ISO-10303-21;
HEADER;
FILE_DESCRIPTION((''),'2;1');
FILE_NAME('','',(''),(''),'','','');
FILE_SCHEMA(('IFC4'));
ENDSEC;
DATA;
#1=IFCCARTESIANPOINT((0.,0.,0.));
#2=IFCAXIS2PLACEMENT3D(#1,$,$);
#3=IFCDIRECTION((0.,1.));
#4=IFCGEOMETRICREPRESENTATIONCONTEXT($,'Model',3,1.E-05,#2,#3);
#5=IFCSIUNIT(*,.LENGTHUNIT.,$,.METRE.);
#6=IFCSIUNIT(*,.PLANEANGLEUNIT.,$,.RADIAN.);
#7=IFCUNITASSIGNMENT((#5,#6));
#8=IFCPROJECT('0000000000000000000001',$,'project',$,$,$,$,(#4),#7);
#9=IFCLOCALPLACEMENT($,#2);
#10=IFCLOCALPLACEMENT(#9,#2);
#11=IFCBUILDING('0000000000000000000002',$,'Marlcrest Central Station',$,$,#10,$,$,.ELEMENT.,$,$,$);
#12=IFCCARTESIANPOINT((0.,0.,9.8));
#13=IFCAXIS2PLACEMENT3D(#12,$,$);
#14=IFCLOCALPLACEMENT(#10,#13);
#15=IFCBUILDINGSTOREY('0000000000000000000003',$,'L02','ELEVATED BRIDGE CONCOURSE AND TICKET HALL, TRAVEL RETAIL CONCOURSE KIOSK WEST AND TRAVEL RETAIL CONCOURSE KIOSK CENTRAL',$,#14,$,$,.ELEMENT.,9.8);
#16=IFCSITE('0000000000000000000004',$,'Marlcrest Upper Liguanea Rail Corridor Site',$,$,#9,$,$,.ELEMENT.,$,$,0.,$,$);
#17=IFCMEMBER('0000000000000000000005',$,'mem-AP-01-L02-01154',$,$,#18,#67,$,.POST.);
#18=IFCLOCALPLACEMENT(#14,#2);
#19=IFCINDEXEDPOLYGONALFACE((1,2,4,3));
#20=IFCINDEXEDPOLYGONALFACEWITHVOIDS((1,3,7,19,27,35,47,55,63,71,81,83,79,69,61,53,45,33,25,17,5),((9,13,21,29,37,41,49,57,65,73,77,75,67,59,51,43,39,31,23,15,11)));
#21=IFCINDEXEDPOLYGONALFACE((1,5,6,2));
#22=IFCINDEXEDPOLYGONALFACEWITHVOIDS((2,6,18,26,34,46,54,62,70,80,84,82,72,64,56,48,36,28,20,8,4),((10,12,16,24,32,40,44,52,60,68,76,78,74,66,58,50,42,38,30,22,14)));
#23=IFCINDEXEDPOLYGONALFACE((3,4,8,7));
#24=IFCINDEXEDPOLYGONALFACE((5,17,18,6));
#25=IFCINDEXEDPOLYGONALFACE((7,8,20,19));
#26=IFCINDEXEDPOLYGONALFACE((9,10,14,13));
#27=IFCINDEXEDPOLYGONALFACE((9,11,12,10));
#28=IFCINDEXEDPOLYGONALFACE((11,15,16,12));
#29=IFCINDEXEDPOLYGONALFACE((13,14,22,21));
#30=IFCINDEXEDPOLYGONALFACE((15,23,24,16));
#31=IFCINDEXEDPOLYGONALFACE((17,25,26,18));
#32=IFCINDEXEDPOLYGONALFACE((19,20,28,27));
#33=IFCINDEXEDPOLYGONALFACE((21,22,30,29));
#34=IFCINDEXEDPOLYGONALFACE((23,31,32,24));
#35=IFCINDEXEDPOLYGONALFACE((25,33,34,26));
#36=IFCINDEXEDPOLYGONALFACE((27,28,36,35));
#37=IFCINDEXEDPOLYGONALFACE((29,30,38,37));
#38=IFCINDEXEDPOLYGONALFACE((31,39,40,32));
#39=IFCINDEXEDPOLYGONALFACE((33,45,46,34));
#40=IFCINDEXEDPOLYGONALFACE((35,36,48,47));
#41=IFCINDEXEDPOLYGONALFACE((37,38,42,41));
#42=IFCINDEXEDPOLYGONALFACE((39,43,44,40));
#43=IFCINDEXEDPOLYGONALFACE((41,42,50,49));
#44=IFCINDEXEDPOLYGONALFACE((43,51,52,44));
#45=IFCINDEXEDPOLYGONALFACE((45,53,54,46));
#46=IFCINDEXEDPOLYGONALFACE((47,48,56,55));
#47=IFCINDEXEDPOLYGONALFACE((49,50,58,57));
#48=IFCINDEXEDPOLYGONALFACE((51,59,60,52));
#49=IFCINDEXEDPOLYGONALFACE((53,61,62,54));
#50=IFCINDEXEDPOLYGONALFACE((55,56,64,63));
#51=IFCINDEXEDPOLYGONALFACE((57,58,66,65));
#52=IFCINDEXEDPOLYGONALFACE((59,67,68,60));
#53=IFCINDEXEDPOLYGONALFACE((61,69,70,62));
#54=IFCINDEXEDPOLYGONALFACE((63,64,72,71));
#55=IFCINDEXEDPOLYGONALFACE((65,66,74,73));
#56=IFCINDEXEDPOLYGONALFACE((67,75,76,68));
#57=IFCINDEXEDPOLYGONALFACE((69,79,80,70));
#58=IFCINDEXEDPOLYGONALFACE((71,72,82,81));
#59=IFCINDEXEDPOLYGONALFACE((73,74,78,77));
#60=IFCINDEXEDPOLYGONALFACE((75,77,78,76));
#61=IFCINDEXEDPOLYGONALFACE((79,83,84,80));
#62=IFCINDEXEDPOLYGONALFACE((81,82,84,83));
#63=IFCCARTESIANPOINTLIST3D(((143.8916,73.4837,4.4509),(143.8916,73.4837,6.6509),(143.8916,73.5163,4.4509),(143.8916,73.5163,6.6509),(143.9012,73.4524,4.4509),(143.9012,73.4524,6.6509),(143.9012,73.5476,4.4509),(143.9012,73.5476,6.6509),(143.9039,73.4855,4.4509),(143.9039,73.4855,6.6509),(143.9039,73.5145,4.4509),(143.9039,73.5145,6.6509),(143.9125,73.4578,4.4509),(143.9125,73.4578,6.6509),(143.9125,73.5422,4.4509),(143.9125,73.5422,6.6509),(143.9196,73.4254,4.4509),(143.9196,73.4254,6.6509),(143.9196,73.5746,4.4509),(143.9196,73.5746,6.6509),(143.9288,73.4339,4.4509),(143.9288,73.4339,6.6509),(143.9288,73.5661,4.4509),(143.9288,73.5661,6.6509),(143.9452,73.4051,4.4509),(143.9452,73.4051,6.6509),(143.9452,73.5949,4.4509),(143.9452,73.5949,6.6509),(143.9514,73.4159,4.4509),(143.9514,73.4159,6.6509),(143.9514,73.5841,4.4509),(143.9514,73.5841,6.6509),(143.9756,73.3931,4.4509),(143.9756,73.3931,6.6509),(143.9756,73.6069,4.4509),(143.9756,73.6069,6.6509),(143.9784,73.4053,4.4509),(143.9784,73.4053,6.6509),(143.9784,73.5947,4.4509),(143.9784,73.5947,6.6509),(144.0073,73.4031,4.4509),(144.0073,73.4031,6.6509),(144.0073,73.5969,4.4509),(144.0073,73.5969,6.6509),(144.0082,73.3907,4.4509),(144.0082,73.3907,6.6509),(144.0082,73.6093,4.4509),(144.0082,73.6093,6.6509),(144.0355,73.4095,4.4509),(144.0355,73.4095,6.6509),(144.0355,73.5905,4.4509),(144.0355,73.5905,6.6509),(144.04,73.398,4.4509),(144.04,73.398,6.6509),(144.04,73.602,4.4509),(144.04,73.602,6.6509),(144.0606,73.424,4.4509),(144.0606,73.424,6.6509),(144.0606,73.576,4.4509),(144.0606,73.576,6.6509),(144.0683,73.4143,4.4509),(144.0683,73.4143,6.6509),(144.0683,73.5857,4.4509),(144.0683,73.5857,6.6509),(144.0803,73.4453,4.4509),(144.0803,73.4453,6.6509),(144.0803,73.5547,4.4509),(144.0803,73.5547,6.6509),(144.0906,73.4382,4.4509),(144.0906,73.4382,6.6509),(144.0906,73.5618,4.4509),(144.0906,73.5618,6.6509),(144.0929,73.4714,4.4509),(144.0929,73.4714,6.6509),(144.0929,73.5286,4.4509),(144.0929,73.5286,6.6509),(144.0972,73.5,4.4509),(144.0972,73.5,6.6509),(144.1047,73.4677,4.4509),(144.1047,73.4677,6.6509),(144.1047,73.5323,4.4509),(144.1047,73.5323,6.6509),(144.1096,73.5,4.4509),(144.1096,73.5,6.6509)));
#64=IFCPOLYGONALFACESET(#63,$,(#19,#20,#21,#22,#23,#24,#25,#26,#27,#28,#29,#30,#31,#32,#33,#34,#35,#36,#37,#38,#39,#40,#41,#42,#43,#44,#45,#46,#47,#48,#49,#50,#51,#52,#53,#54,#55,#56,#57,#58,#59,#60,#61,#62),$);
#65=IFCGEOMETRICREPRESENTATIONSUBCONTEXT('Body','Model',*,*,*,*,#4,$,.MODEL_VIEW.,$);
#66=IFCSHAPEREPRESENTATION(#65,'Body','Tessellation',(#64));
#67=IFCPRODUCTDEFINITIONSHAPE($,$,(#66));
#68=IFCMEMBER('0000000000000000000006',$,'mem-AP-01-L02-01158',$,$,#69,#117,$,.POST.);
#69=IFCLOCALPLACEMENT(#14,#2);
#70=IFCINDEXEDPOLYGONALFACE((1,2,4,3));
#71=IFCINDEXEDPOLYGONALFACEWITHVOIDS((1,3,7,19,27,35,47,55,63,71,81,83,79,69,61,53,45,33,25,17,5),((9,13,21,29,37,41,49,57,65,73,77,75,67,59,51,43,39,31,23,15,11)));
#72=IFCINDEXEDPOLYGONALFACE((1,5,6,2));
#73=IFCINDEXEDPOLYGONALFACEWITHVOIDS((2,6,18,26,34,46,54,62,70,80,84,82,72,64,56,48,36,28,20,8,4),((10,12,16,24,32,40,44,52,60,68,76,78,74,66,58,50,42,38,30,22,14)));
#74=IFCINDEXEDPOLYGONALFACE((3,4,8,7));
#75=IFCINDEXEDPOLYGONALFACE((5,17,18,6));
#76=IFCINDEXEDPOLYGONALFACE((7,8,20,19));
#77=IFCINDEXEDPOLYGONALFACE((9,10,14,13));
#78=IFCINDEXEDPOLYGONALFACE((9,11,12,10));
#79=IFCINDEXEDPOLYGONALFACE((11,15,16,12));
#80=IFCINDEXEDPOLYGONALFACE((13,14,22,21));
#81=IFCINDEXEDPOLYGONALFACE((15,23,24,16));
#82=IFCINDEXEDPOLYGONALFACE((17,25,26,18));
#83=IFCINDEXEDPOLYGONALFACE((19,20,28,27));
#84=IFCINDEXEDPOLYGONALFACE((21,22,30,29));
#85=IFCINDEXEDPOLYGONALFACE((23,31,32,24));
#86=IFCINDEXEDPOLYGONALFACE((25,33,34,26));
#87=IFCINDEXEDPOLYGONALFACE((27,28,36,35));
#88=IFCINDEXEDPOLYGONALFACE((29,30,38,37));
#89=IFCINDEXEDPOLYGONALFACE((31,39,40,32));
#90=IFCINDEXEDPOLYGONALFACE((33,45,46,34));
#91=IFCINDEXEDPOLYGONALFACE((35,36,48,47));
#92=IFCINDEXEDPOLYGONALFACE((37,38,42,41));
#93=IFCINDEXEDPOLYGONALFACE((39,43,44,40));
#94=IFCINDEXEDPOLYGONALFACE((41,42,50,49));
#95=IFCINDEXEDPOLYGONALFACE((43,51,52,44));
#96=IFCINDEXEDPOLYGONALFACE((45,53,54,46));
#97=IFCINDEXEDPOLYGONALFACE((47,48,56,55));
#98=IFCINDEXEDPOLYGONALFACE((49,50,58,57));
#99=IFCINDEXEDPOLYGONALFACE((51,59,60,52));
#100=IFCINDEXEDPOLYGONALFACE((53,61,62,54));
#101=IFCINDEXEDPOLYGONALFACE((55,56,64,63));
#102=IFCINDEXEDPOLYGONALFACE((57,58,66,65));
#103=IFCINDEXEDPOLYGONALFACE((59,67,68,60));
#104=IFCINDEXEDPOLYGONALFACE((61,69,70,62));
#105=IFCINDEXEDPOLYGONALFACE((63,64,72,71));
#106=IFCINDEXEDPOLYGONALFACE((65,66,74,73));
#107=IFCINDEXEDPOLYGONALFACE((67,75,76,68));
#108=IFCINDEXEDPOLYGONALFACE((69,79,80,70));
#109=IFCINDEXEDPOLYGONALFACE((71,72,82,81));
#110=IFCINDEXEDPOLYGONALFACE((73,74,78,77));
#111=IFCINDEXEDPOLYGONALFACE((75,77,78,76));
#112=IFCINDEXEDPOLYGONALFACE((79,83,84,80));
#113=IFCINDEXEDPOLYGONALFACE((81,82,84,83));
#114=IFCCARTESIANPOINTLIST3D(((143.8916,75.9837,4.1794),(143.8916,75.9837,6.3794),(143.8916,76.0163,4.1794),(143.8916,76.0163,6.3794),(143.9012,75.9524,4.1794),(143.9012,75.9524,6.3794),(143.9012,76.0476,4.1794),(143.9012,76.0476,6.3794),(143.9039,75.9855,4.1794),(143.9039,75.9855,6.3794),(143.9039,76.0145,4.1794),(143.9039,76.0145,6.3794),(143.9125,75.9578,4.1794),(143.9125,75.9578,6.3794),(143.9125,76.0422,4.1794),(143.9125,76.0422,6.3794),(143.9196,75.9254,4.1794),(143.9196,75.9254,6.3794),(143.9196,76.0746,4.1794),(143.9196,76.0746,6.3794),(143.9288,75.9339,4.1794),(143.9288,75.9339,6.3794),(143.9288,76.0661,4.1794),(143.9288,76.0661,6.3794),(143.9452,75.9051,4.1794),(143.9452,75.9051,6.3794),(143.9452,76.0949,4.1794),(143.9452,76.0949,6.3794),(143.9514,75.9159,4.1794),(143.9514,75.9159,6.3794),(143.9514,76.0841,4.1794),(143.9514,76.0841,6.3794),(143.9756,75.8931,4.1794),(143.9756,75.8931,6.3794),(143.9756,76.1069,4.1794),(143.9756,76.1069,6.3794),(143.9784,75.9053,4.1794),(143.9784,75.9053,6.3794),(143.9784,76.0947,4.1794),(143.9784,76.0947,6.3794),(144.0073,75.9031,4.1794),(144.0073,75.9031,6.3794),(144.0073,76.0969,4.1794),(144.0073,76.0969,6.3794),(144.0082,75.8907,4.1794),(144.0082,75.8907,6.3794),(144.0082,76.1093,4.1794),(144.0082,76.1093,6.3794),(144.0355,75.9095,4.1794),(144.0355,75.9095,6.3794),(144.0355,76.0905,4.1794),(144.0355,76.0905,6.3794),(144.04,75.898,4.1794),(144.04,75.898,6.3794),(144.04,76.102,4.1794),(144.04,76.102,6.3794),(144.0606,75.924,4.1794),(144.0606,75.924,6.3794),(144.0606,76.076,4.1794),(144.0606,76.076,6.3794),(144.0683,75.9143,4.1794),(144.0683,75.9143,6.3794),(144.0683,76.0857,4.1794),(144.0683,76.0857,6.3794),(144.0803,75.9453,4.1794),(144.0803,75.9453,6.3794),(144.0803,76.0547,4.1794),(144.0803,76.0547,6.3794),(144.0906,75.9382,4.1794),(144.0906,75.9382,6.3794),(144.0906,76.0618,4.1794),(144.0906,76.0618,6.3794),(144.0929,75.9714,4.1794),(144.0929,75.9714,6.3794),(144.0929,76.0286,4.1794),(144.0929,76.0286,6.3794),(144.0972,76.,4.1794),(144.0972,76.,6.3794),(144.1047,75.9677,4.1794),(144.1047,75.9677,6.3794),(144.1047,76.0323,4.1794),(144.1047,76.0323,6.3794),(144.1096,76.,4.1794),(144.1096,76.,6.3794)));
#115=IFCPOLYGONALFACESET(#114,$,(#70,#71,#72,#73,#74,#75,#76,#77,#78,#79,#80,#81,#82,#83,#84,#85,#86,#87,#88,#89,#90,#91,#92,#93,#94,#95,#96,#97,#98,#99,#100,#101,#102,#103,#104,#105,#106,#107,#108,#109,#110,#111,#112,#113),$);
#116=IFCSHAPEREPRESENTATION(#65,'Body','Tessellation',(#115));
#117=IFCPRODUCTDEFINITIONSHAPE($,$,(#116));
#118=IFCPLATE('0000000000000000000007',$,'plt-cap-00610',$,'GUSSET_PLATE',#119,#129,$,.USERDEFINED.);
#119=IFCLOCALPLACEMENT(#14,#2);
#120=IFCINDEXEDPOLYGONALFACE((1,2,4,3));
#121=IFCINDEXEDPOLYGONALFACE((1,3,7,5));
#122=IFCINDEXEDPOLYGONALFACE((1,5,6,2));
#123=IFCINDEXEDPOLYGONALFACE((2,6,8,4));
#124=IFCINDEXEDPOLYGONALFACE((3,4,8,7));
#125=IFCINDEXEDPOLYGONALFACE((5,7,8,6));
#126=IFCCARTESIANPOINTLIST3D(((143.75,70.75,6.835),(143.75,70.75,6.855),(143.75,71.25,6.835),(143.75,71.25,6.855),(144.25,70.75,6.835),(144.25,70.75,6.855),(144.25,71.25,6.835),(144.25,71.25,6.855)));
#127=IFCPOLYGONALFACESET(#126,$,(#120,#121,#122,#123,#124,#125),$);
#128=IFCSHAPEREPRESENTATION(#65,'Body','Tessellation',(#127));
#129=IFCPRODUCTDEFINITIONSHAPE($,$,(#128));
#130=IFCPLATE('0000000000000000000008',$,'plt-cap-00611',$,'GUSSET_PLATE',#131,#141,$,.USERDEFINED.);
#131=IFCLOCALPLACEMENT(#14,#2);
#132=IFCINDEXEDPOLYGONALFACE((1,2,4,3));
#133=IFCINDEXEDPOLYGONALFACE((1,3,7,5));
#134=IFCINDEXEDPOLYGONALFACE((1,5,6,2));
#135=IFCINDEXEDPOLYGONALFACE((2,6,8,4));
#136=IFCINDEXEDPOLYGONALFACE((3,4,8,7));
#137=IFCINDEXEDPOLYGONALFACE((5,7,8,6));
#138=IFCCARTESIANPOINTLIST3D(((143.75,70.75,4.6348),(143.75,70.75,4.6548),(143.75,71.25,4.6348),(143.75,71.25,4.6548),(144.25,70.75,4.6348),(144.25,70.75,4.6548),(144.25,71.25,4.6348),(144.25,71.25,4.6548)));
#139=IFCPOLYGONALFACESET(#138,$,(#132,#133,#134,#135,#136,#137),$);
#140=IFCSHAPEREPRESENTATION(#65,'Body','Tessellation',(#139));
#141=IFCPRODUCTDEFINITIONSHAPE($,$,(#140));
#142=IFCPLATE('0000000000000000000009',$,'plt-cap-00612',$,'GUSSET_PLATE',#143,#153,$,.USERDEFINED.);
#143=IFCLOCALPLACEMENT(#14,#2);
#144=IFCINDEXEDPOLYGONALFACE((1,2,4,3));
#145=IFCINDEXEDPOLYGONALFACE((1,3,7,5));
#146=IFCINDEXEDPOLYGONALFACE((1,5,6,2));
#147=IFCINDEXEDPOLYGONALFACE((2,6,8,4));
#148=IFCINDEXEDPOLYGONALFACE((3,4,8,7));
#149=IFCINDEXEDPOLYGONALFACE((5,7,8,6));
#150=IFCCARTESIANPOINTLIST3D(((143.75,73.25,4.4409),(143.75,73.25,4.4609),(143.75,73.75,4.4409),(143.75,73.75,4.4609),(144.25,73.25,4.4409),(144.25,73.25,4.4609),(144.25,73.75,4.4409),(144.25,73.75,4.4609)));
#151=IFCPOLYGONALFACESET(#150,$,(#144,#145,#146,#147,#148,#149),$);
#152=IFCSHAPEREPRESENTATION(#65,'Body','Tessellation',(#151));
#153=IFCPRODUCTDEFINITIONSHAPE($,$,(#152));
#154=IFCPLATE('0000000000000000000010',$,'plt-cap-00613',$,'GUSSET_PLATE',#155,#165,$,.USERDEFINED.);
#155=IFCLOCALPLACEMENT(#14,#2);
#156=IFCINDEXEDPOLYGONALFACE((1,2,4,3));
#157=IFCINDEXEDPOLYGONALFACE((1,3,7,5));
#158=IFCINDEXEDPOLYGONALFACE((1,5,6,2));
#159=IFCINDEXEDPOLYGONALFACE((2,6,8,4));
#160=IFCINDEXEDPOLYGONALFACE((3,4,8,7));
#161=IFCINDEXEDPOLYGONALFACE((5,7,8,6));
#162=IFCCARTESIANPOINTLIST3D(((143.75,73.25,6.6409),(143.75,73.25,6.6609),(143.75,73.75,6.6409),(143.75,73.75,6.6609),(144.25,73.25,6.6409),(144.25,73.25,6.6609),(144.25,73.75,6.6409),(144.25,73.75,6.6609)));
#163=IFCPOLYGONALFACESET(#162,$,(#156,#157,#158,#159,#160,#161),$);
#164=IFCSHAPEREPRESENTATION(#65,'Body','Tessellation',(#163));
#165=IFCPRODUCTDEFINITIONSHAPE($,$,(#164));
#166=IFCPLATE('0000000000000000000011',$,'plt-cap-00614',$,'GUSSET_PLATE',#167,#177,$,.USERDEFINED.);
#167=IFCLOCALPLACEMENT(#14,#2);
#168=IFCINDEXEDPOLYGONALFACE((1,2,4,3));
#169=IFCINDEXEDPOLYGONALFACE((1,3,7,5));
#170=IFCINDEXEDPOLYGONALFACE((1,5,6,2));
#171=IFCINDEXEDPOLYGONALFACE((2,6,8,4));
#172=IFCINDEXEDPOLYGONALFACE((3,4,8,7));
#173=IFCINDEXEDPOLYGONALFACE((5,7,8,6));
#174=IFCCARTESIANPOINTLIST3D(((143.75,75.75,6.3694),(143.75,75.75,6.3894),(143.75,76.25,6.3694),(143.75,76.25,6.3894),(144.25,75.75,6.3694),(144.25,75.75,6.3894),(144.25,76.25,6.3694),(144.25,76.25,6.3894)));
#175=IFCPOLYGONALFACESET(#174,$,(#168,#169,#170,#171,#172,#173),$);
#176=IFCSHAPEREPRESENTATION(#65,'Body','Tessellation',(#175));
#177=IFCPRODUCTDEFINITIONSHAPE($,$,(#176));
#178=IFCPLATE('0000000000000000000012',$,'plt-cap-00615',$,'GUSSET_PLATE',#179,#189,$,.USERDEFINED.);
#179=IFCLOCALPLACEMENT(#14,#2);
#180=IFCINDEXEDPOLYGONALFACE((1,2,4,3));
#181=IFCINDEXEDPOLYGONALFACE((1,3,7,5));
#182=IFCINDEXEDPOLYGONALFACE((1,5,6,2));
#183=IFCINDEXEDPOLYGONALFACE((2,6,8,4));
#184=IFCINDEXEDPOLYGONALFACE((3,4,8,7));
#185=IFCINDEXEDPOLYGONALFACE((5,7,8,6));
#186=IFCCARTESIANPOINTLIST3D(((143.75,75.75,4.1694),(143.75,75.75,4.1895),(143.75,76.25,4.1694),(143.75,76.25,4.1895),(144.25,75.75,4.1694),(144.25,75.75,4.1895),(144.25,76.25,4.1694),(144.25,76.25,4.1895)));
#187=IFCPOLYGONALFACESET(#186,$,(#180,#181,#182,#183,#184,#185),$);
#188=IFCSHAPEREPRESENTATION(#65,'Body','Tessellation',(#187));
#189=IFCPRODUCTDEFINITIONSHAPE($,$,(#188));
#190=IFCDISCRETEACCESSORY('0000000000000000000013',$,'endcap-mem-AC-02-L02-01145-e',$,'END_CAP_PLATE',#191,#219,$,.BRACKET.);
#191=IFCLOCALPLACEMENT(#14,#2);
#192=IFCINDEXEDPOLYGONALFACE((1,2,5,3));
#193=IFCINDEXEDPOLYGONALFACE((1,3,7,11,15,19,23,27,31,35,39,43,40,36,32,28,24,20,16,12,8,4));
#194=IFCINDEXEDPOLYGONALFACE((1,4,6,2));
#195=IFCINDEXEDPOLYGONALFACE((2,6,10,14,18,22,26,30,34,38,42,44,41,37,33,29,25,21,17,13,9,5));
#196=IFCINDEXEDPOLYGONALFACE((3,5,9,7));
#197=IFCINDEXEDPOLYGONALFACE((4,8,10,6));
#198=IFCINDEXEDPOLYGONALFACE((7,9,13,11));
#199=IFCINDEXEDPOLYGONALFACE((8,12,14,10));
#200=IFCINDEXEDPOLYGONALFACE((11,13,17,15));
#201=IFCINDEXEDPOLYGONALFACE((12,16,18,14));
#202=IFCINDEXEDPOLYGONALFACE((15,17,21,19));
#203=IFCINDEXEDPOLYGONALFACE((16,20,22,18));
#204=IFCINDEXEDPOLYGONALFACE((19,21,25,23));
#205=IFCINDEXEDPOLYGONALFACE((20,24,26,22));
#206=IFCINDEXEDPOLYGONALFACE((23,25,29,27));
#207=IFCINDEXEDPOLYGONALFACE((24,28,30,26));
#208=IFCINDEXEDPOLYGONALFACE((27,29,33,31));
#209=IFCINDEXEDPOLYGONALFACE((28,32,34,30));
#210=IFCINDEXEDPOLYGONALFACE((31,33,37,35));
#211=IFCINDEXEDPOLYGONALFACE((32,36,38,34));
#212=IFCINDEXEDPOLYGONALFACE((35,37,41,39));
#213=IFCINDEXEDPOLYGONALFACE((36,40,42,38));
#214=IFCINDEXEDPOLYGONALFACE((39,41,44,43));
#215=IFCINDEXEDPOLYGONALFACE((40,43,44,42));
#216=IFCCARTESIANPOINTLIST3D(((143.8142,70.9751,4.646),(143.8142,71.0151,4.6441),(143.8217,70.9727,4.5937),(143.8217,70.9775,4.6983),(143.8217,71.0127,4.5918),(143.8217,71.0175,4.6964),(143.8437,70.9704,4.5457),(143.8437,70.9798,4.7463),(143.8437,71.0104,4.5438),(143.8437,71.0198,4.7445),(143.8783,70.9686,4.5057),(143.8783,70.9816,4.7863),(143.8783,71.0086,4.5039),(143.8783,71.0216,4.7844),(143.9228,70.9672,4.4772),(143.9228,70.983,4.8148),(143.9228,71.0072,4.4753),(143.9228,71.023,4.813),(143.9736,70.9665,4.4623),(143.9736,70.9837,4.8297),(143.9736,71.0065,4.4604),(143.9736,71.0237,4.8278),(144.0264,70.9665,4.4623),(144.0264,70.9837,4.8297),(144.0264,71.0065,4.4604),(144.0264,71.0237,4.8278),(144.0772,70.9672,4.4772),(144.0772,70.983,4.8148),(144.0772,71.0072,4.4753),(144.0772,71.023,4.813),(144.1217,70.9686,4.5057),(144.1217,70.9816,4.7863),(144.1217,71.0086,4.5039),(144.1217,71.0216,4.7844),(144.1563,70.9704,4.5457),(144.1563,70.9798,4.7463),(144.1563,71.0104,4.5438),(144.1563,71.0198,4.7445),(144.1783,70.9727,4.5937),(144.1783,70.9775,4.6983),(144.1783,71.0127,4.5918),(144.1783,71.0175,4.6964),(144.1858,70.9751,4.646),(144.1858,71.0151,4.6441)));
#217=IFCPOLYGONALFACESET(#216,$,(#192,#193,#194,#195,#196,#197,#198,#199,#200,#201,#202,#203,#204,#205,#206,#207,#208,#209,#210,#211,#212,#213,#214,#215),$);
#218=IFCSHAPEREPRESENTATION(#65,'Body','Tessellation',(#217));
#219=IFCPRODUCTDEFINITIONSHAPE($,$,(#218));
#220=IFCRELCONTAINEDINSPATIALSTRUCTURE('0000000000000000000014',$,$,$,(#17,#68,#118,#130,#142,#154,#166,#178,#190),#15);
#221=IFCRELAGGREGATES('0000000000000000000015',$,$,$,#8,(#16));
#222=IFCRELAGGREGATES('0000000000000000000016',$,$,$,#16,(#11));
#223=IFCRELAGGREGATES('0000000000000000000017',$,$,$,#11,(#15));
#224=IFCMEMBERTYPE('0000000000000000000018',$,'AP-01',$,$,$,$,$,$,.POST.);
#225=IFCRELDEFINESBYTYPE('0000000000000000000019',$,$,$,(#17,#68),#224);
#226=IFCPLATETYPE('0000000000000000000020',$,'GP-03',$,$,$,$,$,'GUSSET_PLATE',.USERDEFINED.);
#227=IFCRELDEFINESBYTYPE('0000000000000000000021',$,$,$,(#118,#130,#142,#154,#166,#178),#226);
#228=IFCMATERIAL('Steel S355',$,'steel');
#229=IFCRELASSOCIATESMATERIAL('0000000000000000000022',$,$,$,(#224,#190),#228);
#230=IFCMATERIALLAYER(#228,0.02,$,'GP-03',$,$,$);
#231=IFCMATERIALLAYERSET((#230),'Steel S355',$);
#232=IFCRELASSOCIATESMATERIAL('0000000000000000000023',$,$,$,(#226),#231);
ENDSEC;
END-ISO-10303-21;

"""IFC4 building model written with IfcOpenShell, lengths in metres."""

from ifc_helpers import new_model, si_unit, direction, frame, origin, origin_2d, place, context, subcontext, project, spatial, rectangle, circle, hollow_circle, extrude, material, layer, layer_set, material_profile, profile_set, type_object, element, save


model = new_model("IFC4")

# Units and contexts
model_context = context("Model", 3, precision=1e-05, world=origin(), true_north=direction((0.0, 1.0)))
body_context = subcontext(model_context, "Body", "Model", "MODEL_VIEW")
ifc_project = project(units=[si_unit("LENGTHUNIT", "METRE"), si_unit("PLANEANGLEUNIT", "RADIAN")], contexts=[model_context])

# Site, building, storey
site_placement = place(None, origin())
site = spatial("IfcSite", under=ifc_project, at=site_placement, Name="Marlcrest Upper Liguanea Rail Corridor Site", CompositionType="ELEMENT", RefElevation=0.0)
building_placement = place(site_placement, origin())
building = spatial("IfcBuilding", under=site, at=building_placement, Name="Marlcrest Central Station", CompositionType="ELEMENT")
storey_placement = place(building_placement, frame((0.0, 0.0, 9.8)))
storey = spatial("IfcBuildingStorey", under=building, at=storey_placement, Name="L02", Description="ELEVATED BRIDGE CONCOURSE AND TICKET HALL, TRAVEL RETAIL CONCOURSE KIOSK WEST AND TRAVEL RETAIL CONCOURSE KIOSK CENTRAL", CompositionType="ELEMENT", Elevation=9.8)

# Members
ifc_material = material(Name="Steel S355", Category="steel")
ifc_material_profile_1 = material_profile(ifc_material, hollow_circle(Radius=0.1096, WallThickness=0.0125, at=origin_2d()), Name="CHS 219.1x12.5")
ifc_profile_set_1 = profile_set([ifc_material_profile_1], Name="Steel S355")
member_type_1 = type_object("IfcMemberType", Name="AP-01", PredefinedType="POST", material=ifc_profile_set_1)
for number, where, z_axis, x_axis, name in (
    (1, (144.0, 73.5, 4.4509), (0.0, 0.0, 1.0), (1.0, 0.0, 0.0), "mem-AP-01-L02-01154"),
    (2, (144.0, 76.0, 4.1794), (0.0, 0.0, 1.0), (1.0, 0.0, 0.0), "mem-AP-01-L02-01158"),
):
    element("IfcMember", number, at=place(storey_placement, frame(where, z_axis=z_axis, x_axis=x_axis)), inside=storey, type_object=member_type_1, Name=name, PredefinedType="POST", context=body_context, shape_type="SweptSolid", body=[
        extrude(hollow_circle(Radius=0.1096, WallThickness=0.0125, at=origin_2d()), origin(), (0.0, 0.0, 1.0), 2.2),
    ])

# Plates
ifc_layer = layer(ifc_material, 0.02, Name="GP-03")
ifc_layer_set = layer_set([ifc_layer], Name="Steel S355")
plate_type = type_object("IfcPlateType", Name="GP-03", ElementType="GUSSET_PLATE", PredefinedType="USERDEFINED", material=ifc_layer_set)
for number, where, z_axis, x_axis, name in (
    (3, (144.0, 71.0, 6.835), (0.0, 0.0, 1.0), (1.0, 0.0, 0.0), "plt-cap-00610"),
    (4, (144.0, 71.0, 4.6348), (0.0, 0.0, 1.0), (1.0, 0.0, 0.0), "plt-cap-00611"),
    (5, (144.0, 73.5, 4.4409), (0.0, 0.0, 1.0), (1.0, 0.0, 0.0), "plt-cap-00612"),
    (6, (144.0, 73.5, 6.6409), (0.0, 0.0, 1.0), (1.0, 0.0, 0.0), "plt-cap-00613"),
    (7, (144.0, 76.0, 6.3694), (0.0, 0.0, 1.0), (1.0, 0.0, 0.0), "plt-cap-00614"),
    (8, (144.0, 76.0, 4.1694), (0.0, 0.0, 1.0), (1.0, 0.0, 0.0), "plt-cap-00615"),
):
    element("IfcPlate", number, at=place(storey_placement, frame(where, z_axis=z_axis, x_axis=x_axis)), inside=storey, type_object=plate_type, Name=name, ObjectType="GUSSET_PLATE", PredefinedType="USERDEFINED", context=body_context, shape_type="SweptSolid", body=[
        extrude(rectangle(XDim=0.5, YDim=0.5, at=origin_2d()), origin(), (0.0, 0.0, 1.0), 0.02),
    ])

# Discrete accessory
discrete_accessory_1_placement = place(storey_placement, frame((144.0, 70.9751, 4.646), z_axis=(0.0, 0.998917, -0.046532), x_axis=(-1.0, 0.0, 0.0)))
element("IfcDiscreteAccessory", 9, at=discrete_accessory_1_placement, inside=storey, material=ifc_material, Name="endcap-mem-AC-02-L02-01145-e", ObjectType="END_CAP_PLATE", PredefinedType="BRACKET", context=body_context, shape_type="SweptSolid", body=[
    extrude(circle(Radius=0.1858, at=origin_2d()), origin(), (0.0, 0.0, 1.0), 0.04),
])

save(model, "model.ifc")
